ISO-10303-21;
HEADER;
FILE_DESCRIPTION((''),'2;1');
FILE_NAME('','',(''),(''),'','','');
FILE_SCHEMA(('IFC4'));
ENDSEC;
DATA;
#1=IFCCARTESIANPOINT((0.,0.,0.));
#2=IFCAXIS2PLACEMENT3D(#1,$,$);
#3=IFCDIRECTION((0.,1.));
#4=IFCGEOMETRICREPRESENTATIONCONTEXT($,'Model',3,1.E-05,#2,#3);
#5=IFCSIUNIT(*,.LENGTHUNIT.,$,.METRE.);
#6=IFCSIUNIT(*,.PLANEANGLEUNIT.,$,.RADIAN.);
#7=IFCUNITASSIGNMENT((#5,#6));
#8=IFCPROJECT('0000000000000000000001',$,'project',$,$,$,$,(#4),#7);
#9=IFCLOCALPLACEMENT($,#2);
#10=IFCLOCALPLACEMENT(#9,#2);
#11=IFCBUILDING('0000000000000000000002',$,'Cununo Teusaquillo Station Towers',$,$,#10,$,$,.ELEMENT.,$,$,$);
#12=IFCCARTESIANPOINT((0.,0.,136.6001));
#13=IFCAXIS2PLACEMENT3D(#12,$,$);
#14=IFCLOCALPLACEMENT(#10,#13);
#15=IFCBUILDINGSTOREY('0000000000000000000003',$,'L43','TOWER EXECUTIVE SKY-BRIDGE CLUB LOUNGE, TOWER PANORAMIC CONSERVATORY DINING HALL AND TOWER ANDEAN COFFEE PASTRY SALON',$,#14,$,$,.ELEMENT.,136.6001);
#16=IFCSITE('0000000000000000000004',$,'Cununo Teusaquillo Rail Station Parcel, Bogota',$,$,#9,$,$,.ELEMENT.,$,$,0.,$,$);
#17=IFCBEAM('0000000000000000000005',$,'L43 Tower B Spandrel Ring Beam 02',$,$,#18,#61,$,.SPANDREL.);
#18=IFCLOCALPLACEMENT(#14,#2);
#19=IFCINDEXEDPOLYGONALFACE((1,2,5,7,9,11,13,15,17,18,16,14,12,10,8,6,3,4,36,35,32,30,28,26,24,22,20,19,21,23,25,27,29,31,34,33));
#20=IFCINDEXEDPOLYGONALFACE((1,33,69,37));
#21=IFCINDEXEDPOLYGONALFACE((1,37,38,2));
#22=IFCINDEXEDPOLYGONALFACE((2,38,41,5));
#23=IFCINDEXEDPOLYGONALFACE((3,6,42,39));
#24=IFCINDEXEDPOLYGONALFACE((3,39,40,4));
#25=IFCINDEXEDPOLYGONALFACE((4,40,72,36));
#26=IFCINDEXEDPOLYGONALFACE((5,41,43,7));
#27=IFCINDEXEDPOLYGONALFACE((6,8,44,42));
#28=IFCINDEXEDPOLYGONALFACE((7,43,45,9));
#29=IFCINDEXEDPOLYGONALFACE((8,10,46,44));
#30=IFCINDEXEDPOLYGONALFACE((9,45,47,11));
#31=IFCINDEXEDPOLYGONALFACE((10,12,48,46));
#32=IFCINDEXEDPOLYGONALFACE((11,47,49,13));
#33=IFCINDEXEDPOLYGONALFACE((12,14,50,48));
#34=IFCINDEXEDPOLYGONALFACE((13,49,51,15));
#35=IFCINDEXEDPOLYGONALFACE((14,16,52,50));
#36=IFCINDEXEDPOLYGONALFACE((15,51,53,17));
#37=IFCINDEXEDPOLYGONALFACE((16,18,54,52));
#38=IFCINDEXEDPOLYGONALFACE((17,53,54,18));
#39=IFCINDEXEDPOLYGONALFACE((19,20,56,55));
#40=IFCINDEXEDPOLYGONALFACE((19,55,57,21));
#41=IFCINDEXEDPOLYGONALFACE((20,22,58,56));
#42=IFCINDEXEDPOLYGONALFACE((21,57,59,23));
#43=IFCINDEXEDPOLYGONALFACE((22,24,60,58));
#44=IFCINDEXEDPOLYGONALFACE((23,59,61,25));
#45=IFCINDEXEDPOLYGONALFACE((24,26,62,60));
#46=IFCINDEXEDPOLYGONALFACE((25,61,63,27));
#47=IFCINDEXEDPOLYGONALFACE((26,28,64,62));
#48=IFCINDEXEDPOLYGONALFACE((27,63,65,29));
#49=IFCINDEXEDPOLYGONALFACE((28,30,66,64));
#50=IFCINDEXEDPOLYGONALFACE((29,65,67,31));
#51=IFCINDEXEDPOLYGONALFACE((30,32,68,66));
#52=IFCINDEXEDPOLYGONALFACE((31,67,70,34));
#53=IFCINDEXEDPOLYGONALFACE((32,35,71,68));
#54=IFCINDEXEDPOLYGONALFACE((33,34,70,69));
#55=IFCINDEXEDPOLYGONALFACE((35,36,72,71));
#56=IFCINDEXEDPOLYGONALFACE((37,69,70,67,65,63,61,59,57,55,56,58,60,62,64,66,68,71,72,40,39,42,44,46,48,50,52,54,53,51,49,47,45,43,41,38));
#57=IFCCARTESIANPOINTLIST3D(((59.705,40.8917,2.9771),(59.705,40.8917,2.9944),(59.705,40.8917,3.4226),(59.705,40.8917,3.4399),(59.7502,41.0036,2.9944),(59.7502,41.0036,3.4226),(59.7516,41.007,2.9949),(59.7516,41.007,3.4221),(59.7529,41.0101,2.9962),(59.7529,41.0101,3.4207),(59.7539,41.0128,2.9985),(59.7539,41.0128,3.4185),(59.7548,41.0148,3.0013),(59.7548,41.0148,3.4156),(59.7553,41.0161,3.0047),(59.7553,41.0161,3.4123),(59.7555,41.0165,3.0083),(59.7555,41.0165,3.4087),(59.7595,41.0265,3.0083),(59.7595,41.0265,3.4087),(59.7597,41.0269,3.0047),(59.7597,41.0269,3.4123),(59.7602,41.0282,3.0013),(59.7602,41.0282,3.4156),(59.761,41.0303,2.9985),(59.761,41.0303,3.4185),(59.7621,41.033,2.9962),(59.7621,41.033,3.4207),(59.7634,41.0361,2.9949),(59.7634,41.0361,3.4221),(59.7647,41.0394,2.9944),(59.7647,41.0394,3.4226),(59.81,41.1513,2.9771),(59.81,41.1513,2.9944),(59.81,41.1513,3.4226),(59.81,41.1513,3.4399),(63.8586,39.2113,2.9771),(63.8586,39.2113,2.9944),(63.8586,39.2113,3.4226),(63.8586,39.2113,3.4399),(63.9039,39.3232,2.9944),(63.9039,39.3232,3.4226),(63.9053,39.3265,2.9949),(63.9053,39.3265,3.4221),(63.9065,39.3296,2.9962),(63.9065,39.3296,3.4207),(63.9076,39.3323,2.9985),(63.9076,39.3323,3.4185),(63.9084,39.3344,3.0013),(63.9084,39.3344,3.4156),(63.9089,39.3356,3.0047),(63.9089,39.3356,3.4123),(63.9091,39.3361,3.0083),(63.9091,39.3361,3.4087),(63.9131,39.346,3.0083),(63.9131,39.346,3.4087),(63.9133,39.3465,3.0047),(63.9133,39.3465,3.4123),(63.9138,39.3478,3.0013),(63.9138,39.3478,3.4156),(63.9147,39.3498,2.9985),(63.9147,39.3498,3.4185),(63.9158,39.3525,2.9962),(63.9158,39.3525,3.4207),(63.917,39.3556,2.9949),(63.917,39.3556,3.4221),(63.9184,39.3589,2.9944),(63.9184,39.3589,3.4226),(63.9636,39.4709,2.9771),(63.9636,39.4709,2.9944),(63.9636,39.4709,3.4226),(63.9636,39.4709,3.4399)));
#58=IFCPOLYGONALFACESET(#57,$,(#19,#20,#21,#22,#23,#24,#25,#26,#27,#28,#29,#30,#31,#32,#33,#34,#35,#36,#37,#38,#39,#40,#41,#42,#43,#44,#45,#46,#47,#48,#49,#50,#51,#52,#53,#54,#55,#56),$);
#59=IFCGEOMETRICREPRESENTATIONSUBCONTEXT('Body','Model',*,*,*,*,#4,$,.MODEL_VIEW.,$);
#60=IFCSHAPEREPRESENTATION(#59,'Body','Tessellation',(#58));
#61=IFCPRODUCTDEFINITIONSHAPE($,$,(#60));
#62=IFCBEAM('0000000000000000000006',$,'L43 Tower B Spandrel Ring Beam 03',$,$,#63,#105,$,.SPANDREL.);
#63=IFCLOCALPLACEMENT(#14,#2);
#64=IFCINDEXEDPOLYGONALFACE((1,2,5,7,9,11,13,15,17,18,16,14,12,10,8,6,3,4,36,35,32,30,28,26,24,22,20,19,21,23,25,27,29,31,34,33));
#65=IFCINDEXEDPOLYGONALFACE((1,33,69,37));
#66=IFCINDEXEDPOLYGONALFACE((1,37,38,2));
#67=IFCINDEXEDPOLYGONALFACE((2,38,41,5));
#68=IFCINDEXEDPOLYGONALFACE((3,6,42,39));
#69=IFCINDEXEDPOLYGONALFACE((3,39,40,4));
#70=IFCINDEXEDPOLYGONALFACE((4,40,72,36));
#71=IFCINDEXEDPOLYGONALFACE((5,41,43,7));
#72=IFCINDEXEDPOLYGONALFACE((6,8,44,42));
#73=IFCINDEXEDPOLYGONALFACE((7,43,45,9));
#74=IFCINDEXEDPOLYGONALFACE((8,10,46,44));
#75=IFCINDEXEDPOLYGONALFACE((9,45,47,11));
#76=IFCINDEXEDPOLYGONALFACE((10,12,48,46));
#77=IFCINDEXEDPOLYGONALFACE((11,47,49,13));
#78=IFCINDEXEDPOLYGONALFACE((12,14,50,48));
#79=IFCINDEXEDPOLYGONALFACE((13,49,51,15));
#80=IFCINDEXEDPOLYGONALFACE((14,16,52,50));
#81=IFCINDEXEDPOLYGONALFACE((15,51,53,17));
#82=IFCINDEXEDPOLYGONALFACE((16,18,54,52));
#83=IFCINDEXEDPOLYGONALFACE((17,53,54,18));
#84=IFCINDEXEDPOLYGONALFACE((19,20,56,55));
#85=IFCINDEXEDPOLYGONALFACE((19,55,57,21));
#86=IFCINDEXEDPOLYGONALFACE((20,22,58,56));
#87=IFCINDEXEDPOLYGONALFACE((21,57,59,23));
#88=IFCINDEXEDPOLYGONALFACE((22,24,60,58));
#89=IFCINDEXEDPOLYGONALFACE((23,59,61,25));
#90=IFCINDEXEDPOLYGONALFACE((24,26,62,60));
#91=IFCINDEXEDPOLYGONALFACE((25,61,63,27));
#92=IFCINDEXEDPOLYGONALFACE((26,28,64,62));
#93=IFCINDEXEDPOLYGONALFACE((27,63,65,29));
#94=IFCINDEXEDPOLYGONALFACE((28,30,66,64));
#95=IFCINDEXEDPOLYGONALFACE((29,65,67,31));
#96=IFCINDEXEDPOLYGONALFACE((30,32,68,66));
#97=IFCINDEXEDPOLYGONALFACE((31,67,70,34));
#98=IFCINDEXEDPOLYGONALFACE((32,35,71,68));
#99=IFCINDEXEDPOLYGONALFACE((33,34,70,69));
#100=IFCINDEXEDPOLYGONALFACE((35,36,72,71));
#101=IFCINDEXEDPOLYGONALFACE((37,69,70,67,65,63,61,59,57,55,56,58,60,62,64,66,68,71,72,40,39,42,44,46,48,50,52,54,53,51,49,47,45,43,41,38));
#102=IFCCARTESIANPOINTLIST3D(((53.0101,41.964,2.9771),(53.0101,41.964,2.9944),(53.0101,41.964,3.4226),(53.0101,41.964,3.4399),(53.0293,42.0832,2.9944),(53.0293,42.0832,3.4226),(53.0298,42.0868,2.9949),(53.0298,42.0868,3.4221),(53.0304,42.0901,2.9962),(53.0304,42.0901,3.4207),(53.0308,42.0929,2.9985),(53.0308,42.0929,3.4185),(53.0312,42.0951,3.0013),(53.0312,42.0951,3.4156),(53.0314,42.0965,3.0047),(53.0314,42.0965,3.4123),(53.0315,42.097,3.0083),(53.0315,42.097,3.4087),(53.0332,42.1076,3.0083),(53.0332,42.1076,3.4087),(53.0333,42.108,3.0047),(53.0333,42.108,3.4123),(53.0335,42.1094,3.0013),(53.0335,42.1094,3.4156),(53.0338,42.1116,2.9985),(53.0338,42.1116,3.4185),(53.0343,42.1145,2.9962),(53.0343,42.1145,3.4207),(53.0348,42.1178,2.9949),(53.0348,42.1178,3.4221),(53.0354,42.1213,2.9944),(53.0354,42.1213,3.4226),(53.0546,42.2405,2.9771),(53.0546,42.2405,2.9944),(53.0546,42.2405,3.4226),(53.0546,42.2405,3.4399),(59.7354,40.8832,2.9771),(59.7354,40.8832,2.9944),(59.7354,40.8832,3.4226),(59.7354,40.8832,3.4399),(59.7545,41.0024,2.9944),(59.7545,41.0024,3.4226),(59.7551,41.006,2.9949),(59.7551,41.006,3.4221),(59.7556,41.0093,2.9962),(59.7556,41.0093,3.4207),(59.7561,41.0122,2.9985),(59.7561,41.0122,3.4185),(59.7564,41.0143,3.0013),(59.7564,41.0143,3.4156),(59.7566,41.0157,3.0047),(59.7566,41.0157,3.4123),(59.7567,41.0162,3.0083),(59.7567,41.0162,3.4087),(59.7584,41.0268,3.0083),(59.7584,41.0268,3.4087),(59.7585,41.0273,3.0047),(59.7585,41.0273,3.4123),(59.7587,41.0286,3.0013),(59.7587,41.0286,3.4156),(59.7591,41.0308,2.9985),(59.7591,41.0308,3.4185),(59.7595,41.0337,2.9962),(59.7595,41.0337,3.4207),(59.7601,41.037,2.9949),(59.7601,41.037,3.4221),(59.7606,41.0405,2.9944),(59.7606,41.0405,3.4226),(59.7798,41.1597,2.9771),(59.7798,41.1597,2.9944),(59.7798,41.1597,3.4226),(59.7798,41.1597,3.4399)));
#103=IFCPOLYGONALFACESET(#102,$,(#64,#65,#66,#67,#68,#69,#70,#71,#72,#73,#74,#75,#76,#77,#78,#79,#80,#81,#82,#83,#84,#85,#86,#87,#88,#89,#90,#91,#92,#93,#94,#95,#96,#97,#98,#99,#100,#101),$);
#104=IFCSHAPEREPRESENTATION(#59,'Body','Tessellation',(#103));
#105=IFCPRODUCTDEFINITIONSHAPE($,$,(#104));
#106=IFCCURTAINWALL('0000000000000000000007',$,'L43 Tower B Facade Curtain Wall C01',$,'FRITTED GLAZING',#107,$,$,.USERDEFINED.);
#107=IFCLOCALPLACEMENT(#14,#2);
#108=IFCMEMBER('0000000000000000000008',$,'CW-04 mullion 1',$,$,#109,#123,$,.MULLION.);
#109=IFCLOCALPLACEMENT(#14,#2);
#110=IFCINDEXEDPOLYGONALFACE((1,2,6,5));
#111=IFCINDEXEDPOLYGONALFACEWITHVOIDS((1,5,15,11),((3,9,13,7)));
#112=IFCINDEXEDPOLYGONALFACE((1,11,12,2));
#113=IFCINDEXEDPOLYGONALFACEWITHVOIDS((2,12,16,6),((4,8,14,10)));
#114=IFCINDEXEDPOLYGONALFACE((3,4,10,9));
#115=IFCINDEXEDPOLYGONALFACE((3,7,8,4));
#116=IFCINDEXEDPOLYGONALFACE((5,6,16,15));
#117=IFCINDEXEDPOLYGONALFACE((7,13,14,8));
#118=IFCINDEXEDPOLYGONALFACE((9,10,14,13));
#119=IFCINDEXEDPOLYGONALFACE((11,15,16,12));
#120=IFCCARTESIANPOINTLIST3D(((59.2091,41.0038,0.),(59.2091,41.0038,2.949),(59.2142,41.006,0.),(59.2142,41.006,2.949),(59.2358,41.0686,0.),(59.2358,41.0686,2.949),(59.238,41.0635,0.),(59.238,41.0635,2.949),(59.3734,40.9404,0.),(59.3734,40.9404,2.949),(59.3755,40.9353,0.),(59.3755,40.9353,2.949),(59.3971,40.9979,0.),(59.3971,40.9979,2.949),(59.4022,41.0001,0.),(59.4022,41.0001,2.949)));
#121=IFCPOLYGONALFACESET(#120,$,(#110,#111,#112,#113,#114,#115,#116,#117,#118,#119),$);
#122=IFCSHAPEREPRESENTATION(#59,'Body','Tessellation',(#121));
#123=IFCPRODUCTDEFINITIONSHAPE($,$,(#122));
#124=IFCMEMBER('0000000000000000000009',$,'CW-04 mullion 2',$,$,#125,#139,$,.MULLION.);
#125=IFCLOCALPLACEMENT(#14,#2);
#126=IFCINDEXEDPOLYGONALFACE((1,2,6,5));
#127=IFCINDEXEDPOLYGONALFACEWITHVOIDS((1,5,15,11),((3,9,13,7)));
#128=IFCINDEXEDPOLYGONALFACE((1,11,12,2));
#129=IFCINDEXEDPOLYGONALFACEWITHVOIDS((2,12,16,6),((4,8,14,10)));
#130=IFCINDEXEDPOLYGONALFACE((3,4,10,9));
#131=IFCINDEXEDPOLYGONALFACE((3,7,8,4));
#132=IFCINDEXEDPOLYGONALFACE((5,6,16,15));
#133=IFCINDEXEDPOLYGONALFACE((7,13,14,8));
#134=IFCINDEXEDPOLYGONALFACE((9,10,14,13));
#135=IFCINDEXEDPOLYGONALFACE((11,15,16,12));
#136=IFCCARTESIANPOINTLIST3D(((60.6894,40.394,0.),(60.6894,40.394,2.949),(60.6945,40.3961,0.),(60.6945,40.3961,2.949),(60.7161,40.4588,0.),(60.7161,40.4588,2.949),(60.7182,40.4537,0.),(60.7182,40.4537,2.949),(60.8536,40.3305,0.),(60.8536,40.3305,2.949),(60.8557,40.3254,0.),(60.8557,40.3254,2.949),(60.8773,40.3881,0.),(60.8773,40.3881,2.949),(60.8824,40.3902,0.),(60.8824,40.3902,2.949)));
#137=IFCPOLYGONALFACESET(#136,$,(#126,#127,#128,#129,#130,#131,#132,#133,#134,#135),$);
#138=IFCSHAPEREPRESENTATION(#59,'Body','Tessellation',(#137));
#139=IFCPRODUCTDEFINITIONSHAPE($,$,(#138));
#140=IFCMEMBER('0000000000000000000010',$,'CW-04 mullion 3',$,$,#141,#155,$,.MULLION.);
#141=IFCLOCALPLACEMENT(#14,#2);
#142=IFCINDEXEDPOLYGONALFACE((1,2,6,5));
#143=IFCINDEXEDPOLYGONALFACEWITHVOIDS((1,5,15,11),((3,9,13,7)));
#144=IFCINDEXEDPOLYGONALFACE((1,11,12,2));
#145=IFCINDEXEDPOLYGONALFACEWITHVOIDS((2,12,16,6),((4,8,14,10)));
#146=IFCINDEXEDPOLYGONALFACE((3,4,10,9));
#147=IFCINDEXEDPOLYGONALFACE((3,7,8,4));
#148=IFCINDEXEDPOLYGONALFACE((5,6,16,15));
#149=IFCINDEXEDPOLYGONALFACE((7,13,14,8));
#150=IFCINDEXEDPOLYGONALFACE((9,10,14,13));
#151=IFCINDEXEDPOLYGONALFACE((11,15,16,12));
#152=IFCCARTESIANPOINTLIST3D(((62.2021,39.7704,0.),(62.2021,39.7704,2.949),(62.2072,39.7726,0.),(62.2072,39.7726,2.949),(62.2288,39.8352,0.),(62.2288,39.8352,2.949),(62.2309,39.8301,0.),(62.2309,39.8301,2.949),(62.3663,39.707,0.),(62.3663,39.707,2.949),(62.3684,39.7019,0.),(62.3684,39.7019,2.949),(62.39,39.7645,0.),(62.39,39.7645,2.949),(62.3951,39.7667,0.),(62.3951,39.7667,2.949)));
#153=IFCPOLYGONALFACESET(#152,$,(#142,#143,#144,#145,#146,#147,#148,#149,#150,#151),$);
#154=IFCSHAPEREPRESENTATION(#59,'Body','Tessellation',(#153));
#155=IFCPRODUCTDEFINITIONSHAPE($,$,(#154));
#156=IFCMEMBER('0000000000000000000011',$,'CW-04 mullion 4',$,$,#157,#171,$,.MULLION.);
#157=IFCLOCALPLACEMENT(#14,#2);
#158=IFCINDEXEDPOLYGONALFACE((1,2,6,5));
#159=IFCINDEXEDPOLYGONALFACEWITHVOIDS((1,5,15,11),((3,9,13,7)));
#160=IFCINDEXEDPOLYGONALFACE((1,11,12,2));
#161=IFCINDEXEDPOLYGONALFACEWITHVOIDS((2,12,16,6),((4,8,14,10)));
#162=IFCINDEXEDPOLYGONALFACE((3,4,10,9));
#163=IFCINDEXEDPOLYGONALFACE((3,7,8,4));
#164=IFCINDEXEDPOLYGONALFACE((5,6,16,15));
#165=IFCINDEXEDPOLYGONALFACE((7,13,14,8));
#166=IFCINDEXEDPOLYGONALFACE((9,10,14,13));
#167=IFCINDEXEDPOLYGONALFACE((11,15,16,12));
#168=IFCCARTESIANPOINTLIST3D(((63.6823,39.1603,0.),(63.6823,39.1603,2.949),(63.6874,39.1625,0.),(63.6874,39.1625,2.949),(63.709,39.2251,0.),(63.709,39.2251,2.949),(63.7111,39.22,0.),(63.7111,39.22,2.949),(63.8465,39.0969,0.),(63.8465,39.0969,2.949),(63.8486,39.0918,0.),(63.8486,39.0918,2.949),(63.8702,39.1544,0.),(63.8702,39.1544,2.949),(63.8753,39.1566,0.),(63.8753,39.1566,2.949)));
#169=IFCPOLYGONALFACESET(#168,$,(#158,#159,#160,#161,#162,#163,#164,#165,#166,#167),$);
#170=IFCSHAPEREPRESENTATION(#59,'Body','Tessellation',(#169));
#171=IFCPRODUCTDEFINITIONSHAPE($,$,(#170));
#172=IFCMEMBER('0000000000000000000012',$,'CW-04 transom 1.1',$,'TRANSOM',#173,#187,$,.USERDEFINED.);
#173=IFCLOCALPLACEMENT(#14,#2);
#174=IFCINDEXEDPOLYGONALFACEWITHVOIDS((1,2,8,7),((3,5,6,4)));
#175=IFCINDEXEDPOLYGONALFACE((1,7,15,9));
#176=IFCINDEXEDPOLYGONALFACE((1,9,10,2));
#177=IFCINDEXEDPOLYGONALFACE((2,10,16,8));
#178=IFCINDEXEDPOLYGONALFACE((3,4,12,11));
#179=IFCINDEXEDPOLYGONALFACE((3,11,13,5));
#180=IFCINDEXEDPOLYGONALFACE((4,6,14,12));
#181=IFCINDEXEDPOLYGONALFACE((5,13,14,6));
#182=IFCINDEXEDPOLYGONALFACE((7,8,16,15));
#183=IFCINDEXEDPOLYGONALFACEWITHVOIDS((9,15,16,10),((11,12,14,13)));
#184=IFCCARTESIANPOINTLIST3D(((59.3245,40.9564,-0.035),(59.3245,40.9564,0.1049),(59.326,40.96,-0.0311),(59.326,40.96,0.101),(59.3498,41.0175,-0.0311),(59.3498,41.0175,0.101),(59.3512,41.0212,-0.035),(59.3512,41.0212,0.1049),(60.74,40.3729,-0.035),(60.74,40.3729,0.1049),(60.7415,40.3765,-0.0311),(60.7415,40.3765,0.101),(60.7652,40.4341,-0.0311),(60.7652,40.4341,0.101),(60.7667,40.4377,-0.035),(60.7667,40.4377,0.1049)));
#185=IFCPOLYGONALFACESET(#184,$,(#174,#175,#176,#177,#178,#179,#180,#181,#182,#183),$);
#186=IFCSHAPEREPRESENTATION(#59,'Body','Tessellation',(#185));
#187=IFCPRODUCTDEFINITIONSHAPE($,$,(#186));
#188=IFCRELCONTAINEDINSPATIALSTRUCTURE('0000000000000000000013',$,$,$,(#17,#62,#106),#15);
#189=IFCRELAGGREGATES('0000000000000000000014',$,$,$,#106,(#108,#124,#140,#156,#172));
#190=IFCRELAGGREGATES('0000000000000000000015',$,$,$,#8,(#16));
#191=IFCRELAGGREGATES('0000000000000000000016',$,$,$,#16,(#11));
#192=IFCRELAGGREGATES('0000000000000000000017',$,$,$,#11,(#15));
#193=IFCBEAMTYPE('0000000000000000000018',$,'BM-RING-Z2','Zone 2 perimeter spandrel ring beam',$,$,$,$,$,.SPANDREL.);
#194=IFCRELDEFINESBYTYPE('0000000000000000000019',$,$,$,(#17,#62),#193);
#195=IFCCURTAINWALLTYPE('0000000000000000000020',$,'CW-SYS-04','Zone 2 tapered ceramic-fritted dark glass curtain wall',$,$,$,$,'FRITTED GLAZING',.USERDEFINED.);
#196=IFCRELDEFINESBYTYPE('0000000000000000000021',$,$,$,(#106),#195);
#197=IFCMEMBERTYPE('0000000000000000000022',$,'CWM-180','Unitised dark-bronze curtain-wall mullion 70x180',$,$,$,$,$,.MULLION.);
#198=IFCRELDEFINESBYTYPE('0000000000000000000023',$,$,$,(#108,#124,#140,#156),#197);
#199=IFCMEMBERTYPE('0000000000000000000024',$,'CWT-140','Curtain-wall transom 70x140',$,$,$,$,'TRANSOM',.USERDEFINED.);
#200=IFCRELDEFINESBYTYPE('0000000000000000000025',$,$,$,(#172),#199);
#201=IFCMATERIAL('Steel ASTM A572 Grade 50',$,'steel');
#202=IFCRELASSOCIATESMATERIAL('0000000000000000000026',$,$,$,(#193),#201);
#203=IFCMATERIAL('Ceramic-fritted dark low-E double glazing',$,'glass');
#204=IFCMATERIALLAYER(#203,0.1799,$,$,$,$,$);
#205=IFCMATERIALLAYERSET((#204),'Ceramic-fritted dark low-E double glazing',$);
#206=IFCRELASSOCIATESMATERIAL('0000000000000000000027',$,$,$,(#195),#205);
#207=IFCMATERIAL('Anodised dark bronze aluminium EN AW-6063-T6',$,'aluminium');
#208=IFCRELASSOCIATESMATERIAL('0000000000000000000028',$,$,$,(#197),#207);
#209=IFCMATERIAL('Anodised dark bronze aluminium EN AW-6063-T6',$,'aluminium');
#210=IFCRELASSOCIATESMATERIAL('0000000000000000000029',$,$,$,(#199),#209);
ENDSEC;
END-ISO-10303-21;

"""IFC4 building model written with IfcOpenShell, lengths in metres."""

from ifc_helpers import new_model, si_unit, direction, frame, origin, origin_2d, place, context, subcontext, project, spatial, hollow_rectangle, i_section, extrude, material, layer, layer_set, material_profile, profile_set, type_object, element, aggregate, save


model = new_model("IFC4")

# Units and contexts
model_context = context("Model", 3, precision=1e-05, world=origin(), true_north=direction((0.0, 1.0)))
body_context = subcontext(model_context, "Body", "Model", "MODEL_VIEW")
ifc_project = project(units=[si_unit("LENGTHUNIT", "METRE"), si_unit("PLANEANGLEUNIT", "RADIAN")], contexts=[model_context])

# Site, building, storey
site_placement = place(None, origin())
site = spatial("IfcSite", under=ifc_project, at=site_placement, Name="Cununo Teusaquillo Rail Station Parcel, Bogota", CompositionType="ELEMENT", RefElevation=0.0)
building_placement = place(site_placement, origin())
building = spatial("IfcBuilding", under=site, at=building_placement, Name="Cununo Teusaquillo Station Towers", CompositionType="ELEMENT")
storey_placement = place(building_placement, frame((0.0, 0.0, 136.6001)))
storey = spatial("IfcBuildingStorey", under=building, at=storey_placement, Name="L43", Description="TOWER EXECUTIVE SKY-BRIDGE CLUB LOUNGE, TOWER PANORAMIC CONSERVATORY DINING HALL AND TOWER ANDEAN COFFEE PASTRY SALON", CompositionType="ELEMENT", Elevation=136.6001)

# Beams
ifc_material_1 = material(Name="Steel ASTM A572 Grade 50", Category="steel")
ifc_material_profile_1 = material_profile(ifc_material_1, i_section(OverallWidth=0.28, OverallDepth=0.4629, WebThickness=0.0107, FlangeThickness=0.0173, FilletRadius=0.0139, at=origin_2d()), Name="W18X76")
ifc_profile_set_1 = profile_set([ifc_material_profile_1], Name="Steel ASTM A572 Grade 50")
beam_type_1 = type_object("IfcBeamType", Name="BM-RING-Z2", Description="Zone 2 perimeter spandrel ring beam", PredefinedType="SPANDREL", material=ifc_profile_set_1)
beam_1_placement = place(storey_placement, frame((63.9111, 39.3411, 3.2085), z_axis=(-0.927008, 0.375042, 0.0), x_axis=(-0.375042, -0.927008, 0.0)))
element("IfcBeam", 1, at=beam_1_placement, inside=storey, type_object=beam_type_1, Name="L43 Tower B Spandrel Ring Beam 02", PredefinedType="SPANDREL", context=body_context, shape_type="SweptSolid", body=[
    extrude(i_section(OverallWidth=0.28, OverallDepth=0.4629, WebThickness=0.0107, FlangeThickness=0.0173, FilletRadius=0.0139, at=origin_2d()), origin(), (0.0, 0.0, 1.0), 4.4807),
])
beam_2_placement = place(storey_placement, frame((59.7576, 41.0215, 3.2085), z_axis=(-0.987331, 0.158671, 0.0), x_axis=(-0.158671, -0.987331, 0.0)))
element("IfcBeam", 2, at=beam_2_placement, inside=storey, type_object=beam_type_1, Name="L43 Tower B Spandrel Ring Beam 03", PredefinedType="SPANDREL", context=body_context, shape_type="SweptSolid", body=[
    extrude(i_section(OverallWidth=0.28, OverallDepth=0.4629, WebThickness=0.0107, FlangeThickness=0.0173, FilletRadius=0.0139, at=origin_2d()), origin(), (0.0, 0.0, 1.0), 6.8115),
])

# Curtain wall, members
ifc_material_2 = material(Name="Ceramic-fritted dark low-E double glazing", Category="glass")
ifc_layer_1 = layer(ifc_material_2, 0.1799)
ifc_layer_set_1 = layer_set([ifc_layer_1], Name="Ceramic-fritted dark low-E double glazing")
curtain_wall_type = type_object("IfcCurtainWallType", Name="CW-SYS-04", Description="Zone 2 tapered ceramic-fritted dark glass curtain wall", ElementType="FRITTED GLAZING", PredefinedType="USERDEFINED", material=ifc_layer_set_1)
curtain_wall_placement = place(storey_placement, origin())
curtain_wall = element("IfcCurtainWall", 3, at=curtain_wall_placement, inside=storey, type_object=curtain_wall_type, Name="L43 Tower B Facade Curtain Wall C01", ObjectType="FRITTED GLAZING", PredefinedType="USERDEFINED")
ifc_material_3 = material(Name="Anodised dark bronze aluminium EN AW-6063-T6", Category="aluminium")
ifc_material_profile_2 = material_profile(ifc_material_3, hollow_rectangle(XDim=0.0701, YDim=0.1799, WallThickness=0.0039, at=origin_2d()), Name="CW-MULL-70x180")
ifc_profile_set_2 = profile_set([ifc_material_profile_2], Name="Anodised dark bronze aluminium EN AW-6063-T6")
member_type_1 = type_object("IfcMemberType", Name="CWM-180", Description="Unitised dark-bronze curtain-wall mullion 70x180", PredefinedType="MULLION", material=ifc_profile_set_2)
member_1_placement = place(storey_placement, frame((59.3057, 41.002, 0.0), z_axis=(0.0, 0.0, 1.0), x_axis=(0.381031, 0.924562, 0.0)))
member_1 = element("IfcMember", 4, at=member_1_placement, type_object=member_type_1, Name="CW-04 mullion 1", PredefinedType="MULLION", context=body_context, shape_type="SweptSolid", body=[
    extrude(hollow_rectangle(XDim=0.0701, YDim=0.1799, WallThickness=0.0039, at=origin_2d()), origin(), (0.0, 0.0, 1.0), 2.949),
])
member_2_placement = place(storey_placement, frame((60.7859, 40.3921, 0.0), z_axis=(0.0, 0.0, 1.0), x_axis=(0.381031, 0.924562, 0.0)))
member_2 = element("IfcMember", 5, at=member_2_placement, type_object=member_type_1, Name="CW-04 mullion 2", PredefinedType="MULLION", context=body_context, shape_type="SweptSolid", body=[
    extrude(hollow_rectangle(XDim=0.0701, YDim=0.1799, WallThickness=0.0039, at=origin_2d()), origin(), (0.0, 0.0, 1.0), 2.949),
])
member_3_placement = place(storey_placement, frame((62.2986, 39.7686, 0.0), z_axis=(0.0, 0.0, 1.0), x_axis=(0.381031, 0.924562, 0.0)))
member_3 = element("IfcMember", 6, at=member_3_placement, type_object=member_type_1, Name="CW-04 mullion 3", PredefinedType="MULLION", context=body_context, shape_type="SweptSolid", body=[
    extrude(hollow_rectangle(XDim=0.0701, YDim=0.1799, WallThickness=0.0039, at=origin_2d()), origin(), (0.0, 0.0, 1.0), 2.949),
])
member_4_placement = place(storey_placement, frame((63.7788, 39.1584, 0.0), z_axis=(0.0, 0.0, 1.0), x_axis=(0.381031, 0.924562, 0.0)))
member_4 = element("IfcMember", 7, at=member_4_placement, type_object=member_type_1, Name="CW-04 mullion 4", PredefinedType="MULLION", context=body_context, shape_type="SweptSolid", body=[
    extrude(hollow_rectangle(XDim=0.0701, YDim=0.1799, WallThickness=0.0039, at=origin_2d()), origin(), (0.0, 0.0, 1.0), 2.949),
])
ifc_material_4 = material(Name="Anodised dark bronze aluminium EN AW-6063-T6", Category="aluminium")
ifc_material_profile_3 = material_profile(ifc_material_4, hollow_rectangle(XDim=0.0701, YDim=0.1399, WallThickness=0.0039, at=origin_2d()), Name="CW-TRAN-70x140")
ifc_profile_set_3 = profile_set([ifc_material_profile_3], Name="Anodised dark bronze aluminium EN AW-6063-T6")
member_type_2 = type_object("IfcMemberType", Name="CWT-140", Description="Curtain-wall transom 70x140", ElementType="TRANSOM", PredefinedType="USERDEFINED", material=ifc_profile_set_3)
member_5_placement = place(storey_placement, frame((59.3379, 40.9888, 0.0349), z_axis=(0.924533, -0.381103, 0.0), x_axis=(0.381103, 0.924533, 0.0)))
member_5 = element("IfcMember", 8, at=member_5_placement, type_object=member_type_2, Name="CW-04 transom 1.1", ObjectType="TRANSOM", PredefinedType="USERDEFINED", context=body_context, shape_type="SweptSolid", body=[
    extrude(hollow_rectangle(XDim=0.0701, YDim=0.1399, WallThickness=0.0039, at=origin_2d()), origin(), (0.0, 0.0, 1.0), 1.531),
])

aggregate(curtain_wall, [member_1, member_2, member_3, member_4, member_5])

save(model, "model.ifc")
